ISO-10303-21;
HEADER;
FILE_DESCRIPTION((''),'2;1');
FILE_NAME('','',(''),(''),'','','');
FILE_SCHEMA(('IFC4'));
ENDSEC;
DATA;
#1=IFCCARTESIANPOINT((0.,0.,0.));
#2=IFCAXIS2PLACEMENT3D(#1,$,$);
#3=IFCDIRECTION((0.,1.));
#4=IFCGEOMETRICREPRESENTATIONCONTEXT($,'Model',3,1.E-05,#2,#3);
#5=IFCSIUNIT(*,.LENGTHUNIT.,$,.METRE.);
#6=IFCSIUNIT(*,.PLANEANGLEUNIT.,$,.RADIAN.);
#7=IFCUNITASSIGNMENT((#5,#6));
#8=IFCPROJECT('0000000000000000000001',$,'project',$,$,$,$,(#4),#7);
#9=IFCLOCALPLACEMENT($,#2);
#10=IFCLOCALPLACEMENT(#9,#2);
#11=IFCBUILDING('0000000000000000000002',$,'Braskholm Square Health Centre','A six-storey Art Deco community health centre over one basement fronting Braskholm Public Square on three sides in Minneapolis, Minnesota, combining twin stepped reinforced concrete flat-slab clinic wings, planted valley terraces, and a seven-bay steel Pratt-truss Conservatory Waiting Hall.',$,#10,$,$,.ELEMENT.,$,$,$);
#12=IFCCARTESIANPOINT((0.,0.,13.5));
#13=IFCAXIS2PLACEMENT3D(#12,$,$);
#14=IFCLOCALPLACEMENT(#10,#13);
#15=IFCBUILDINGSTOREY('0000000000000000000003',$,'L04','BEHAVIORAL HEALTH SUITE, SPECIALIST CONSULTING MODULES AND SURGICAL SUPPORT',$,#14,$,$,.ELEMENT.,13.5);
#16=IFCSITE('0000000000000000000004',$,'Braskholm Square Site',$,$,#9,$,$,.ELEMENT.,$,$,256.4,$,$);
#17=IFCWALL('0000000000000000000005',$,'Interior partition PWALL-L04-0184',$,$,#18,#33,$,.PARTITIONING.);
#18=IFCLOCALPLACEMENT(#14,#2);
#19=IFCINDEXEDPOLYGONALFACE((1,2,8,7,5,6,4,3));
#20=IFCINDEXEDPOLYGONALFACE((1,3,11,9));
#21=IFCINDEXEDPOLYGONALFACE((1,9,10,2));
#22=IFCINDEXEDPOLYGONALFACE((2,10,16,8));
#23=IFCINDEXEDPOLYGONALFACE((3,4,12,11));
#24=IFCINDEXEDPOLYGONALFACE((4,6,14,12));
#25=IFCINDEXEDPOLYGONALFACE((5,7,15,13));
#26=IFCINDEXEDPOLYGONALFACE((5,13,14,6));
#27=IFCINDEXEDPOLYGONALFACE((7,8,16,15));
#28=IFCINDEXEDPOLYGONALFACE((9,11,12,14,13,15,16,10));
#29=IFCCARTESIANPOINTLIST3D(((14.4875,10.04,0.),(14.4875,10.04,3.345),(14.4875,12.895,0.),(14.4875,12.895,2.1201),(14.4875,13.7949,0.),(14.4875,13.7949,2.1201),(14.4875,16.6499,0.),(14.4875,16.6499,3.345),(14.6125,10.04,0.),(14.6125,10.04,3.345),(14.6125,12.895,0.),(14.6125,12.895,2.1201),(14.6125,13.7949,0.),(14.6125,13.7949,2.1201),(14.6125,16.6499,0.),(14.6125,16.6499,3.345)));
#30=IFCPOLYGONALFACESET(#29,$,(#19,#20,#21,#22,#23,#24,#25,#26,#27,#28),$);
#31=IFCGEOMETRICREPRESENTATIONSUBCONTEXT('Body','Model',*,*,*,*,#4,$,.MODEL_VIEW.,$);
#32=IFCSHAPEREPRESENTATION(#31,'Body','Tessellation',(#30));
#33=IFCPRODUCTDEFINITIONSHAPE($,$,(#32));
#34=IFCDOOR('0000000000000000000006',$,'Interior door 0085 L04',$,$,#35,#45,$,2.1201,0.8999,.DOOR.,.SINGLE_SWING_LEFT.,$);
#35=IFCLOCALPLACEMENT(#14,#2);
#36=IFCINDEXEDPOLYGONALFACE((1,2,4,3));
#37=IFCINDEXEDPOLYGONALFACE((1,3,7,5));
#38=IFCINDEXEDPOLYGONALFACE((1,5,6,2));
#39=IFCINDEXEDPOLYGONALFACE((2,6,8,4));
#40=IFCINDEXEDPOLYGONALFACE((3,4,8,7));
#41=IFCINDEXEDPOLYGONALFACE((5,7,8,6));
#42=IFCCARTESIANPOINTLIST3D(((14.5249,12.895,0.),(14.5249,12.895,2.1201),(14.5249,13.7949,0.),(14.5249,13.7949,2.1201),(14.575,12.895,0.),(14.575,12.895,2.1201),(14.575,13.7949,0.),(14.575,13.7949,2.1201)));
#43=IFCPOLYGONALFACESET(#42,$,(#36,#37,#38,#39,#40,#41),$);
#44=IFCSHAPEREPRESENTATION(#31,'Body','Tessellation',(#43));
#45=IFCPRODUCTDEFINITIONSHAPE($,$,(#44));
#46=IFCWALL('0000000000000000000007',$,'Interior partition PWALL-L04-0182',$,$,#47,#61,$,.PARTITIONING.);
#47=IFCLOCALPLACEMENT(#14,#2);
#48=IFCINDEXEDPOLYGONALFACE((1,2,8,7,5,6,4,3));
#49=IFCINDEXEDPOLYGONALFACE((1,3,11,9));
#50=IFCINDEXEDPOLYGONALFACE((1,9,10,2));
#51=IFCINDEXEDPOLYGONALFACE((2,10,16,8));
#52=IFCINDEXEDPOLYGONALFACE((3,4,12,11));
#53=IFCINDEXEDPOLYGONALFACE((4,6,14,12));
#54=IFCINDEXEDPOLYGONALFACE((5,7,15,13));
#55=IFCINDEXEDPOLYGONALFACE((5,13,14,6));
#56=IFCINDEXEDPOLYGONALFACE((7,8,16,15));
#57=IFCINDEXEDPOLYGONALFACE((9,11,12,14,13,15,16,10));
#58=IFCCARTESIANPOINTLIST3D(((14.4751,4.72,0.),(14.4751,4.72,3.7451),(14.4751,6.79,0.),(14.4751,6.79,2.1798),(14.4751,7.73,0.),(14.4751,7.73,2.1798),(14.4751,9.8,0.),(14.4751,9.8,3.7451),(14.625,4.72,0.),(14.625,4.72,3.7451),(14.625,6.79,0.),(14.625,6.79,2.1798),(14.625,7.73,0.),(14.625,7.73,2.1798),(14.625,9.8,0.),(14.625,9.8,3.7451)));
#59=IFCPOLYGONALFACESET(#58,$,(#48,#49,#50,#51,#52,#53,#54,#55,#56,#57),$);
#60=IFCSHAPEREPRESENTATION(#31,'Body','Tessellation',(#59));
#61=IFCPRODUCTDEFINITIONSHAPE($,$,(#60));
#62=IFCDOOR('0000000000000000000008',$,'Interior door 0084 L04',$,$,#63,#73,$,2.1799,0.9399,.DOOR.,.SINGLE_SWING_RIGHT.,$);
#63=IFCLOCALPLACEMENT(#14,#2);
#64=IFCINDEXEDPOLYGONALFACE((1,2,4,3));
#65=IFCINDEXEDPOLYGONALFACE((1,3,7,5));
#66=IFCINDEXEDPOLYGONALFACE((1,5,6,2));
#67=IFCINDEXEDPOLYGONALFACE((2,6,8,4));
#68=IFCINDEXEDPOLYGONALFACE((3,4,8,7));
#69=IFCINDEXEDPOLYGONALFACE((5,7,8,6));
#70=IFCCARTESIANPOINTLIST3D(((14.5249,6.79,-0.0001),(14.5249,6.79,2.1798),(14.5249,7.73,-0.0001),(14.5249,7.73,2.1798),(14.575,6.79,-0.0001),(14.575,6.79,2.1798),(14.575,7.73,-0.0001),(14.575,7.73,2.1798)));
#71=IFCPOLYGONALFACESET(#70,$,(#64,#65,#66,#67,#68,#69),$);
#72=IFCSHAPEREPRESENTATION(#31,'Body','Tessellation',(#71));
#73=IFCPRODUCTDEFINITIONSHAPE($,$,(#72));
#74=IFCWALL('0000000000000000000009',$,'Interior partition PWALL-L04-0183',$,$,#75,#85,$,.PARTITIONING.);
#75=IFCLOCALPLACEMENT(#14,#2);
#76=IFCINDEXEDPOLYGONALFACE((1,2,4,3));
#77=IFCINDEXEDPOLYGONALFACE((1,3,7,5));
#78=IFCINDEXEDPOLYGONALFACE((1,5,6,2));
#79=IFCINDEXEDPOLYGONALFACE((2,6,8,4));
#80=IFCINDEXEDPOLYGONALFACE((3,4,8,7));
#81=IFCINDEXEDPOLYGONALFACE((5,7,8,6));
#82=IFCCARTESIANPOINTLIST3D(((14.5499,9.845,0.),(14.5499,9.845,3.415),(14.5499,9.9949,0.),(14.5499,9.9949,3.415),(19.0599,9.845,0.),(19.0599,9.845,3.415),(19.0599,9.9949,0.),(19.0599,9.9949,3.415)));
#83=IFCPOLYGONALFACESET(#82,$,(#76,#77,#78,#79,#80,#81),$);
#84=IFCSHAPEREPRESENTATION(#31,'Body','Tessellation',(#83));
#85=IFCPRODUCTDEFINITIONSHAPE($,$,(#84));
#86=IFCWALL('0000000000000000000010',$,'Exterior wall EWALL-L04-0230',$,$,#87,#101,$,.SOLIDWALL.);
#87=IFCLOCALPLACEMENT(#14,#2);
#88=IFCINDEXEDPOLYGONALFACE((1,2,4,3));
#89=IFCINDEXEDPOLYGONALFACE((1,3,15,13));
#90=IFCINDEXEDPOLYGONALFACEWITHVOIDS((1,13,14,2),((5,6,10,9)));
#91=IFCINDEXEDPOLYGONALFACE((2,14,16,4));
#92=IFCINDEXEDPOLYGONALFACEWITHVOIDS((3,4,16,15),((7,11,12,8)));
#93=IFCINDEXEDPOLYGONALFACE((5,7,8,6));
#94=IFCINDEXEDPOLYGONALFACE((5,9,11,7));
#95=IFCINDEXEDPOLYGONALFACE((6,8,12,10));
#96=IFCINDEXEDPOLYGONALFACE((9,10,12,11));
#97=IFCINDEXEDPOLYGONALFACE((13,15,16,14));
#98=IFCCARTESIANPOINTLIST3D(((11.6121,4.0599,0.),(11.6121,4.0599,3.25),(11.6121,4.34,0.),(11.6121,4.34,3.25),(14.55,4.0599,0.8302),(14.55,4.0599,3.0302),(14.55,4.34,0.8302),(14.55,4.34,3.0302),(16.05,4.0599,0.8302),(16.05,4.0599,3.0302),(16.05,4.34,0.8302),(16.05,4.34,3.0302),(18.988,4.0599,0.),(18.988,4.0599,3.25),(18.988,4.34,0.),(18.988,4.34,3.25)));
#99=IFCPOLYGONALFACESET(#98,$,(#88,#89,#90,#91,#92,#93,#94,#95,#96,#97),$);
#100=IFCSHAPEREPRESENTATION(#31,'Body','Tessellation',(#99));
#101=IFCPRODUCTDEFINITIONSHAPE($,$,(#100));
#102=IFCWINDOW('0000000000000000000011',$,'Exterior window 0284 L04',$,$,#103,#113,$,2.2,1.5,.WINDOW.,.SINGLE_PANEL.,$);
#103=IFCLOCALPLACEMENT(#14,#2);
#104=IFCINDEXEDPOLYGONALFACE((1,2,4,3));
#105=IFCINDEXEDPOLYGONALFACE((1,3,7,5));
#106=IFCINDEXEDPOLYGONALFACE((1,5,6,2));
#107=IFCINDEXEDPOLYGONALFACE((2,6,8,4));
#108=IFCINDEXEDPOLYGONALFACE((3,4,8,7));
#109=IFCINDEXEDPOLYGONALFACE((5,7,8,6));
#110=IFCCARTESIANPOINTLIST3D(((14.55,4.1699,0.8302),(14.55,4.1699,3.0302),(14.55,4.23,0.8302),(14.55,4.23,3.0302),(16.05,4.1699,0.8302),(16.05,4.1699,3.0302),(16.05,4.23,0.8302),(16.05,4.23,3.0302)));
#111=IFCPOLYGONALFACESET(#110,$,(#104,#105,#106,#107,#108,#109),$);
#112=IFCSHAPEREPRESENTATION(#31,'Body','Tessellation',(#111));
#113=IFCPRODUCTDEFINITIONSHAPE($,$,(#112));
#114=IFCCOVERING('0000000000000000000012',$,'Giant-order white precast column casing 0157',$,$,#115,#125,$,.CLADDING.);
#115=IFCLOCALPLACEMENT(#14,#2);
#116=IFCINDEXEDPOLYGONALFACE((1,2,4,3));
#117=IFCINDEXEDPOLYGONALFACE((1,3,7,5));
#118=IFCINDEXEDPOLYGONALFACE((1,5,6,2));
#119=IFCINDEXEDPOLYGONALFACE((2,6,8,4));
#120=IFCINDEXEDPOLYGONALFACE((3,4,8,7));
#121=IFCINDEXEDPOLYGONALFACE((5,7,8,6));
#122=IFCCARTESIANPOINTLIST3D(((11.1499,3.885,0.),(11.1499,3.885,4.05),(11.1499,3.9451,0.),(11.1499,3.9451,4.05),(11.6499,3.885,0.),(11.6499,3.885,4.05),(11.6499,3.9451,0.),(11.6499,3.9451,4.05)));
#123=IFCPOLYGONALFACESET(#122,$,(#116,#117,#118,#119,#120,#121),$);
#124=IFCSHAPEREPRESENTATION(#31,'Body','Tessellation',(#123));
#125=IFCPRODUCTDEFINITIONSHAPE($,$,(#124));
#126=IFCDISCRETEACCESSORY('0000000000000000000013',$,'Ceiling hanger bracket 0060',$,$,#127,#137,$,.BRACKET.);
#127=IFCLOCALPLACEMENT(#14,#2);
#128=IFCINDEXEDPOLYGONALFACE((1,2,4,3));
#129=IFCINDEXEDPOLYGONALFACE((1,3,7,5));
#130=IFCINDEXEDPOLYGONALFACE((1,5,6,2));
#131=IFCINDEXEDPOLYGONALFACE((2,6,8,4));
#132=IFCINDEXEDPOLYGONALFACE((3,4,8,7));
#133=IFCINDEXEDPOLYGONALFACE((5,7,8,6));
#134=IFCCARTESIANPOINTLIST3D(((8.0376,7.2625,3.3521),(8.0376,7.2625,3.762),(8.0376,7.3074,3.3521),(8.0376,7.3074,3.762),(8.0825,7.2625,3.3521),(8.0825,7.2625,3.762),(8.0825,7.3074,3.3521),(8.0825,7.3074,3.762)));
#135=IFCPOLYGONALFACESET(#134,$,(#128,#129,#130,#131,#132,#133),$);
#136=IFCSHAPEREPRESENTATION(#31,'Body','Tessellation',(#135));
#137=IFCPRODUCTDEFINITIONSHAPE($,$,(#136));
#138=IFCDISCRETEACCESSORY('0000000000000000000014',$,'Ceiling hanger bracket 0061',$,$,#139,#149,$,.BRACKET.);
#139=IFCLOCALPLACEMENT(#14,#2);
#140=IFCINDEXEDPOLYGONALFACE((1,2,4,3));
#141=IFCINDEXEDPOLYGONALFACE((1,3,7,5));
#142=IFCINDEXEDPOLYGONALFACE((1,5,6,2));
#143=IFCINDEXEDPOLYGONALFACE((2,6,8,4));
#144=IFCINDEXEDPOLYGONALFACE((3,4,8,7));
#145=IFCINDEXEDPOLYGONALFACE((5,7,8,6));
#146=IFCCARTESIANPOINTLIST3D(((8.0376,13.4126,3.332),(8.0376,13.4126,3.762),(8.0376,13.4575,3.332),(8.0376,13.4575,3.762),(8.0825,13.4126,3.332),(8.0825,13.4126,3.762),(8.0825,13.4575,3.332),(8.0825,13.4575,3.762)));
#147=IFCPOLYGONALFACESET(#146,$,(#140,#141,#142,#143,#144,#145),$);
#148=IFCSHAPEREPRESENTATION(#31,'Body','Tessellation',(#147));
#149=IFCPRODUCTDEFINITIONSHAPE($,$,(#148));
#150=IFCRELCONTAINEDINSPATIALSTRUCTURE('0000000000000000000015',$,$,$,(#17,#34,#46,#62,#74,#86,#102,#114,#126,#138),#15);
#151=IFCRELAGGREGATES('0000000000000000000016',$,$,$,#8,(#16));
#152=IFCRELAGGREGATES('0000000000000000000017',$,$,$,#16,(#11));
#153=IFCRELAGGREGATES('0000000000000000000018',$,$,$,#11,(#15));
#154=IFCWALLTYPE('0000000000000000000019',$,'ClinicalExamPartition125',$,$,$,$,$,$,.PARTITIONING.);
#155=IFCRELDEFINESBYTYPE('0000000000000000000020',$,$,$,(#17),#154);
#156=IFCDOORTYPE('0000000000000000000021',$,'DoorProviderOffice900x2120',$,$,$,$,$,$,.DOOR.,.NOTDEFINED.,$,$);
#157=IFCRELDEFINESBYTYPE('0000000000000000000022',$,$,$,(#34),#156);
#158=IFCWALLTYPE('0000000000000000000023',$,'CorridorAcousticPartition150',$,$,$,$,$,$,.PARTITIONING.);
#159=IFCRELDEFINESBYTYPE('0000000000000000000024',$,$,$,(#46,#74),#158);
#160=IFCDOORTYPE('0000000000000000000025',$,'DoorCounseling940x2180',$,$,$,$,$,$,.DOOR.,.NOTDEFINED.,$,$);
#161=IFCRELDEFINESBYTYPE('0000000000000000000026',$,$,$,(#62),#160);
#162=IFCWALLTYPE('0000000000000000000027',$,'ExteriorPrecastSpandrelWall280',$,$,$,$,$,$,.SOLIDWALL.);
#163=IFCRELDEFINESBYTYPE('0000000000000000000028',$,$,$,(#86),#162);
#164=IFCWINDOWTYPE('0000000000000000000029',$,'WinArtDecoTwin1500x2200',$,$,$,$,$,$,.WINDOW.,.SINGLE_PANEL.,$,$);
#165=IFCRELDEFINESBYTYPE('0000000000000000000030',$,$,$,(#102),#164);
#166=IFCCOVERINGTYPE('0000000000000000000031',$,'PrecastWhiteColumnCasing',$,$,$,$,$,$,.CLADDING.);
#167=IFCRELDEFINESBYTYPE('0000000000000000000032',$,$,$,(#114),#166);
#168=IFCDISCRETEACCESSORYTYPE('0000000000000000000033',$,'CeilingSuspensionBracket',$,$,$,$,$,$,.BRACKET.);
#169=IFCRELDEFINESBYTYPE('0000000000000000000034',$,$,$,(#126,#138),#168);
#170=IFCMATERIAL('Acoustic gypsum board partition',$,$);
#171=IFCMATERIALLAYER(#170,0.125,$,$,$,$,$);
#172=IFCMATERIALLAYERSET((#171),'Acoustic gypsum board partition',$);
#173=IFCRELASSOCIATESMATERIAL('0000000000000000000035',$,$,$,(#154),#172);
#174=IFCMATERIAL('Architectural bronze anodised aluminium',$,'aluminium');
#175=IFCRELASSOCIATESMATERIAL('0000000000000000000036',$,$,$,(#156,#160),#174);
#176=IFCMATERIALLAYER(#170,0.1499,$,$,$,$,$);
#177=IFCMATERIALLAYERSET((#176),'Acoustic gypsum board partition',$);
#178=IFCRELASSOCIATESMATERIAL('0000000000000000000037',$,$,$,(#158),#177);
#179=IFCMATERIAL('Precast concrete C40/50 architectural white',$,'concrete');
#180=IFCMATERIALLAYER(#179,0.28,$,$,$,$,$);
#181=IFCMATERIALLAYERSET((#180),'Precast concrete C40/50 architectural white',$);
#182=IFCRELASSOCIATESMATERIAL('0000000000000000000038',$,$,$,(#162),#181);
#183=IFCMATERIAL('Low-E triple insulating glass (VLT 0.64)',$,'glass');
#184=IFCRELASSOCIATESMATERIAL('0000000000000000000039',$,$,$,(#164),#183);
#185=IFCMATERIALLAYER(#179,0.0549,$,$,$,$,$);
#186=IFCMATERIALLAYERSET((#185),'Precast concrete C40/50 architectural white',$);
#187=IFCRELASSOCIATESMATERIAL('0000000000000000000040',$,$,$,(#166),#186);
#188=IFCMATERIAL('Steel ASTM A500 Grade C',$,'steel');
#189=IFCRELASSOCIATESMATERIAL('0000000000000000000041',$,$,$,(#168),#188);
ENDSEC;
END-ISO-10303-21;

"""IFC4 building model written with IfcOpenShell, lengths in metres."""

from ifc_helpers import new_model, si_unit, direction, frame, frame_2d, origin, origin_with_axes, origin_2d, place, context, subcontext, project, spatial, rectangle, extrude, material, layer, layer_set, type_object, element, fill, save


model = new_model("IFC4")

# Units and contexts
model_context = context("Model", 3, precision=1e-05, world=origin(), true_north=direction((0.0, 1.0)))
body_context = subcontext(model_context, "Body", "Model", "MODEL_VIEW")
ifc_project = project(units=[si_unit("LENGTHUNIT", "METRE"), si_unit("PLANEANGLEUNIT", "RADIAN")], contexts=[model_context])

# Site, building, storey
site_placement = place(None, origin())
site = spatial("IfcSite", under=ifc_project, at=site_placement, Name="Braskholm Square Site", CompositionType="ELEMENT", RefElevation=256.4)
building_placement = place(site_placement, origin())
building = spatial("IfcBuilding", under=site, at=building_placement, Name="Braskholm Square Health Centre", Description="A six-storey Art Deco community health centre over one basement fronting Braskholm Public Square on three sides in Minneapolis, Minnesota, combining twin stepped reinforced concrete flat-slab clinic wings, planted valley terraces, and a seven-bay steel Pratt-truss Conservatory Waiting Hall.", CompositionType="ELEMENT")
storey_placement = place(building_placement, frame((0.0, 0.0, 13.5)))
storey = spatial("IfcBuildingStorey", under=building, at=storey_placement, Name="L04", Description="BEHAVIORAL HEALTH SUITE, SPECIALIST CONSULTING MODULES AND SURGICAL SUPPORT", CompositionType="ELEMENT", Elevation=13.5)

# Shared definitions
ifc_material_1 = material(Name="Precast concrete C40/50 architectural white", Category="concrete")

# Walls, openings, doors
ifc_material_2 = material(Name="Architectural bronze anodised aluminium", Category="aluminium")
ifc_material_3 = material(Name="Acoustic gypsum board partition")
ifc_layer_1 = layer(ifc_material_3, 0.125)
ifc_layer_set_1 = layer_set([ifc_layer_1], Name="Acoustic gypsum board partition")
wall_type_1 = type_object("IfcWallType", Name="ClinicalExamPartition125", PredefinedType="PARTITIONING", material=ifc_layer_set_1)
wall_1_placement = place(storey_placement, frame((14.55, 10.04, 0.0), z_axis=(0.0, 0.0, 1.0), x_axis=(0.0, 1.0, 0.0)))
wall_1 = element("IfcWall", 1, at=wall_1_placement, inside=storey, type_object=wall_type_1, Name="Interior partition PWALL-L04-0184", PredefinedType="PARTITIONING", context=body_context, shape_type="SweptSolid", body=[
    extrude(rectangle(XDim=6.6099, YDim=0.125, at=frame_2d((3.3049, 0.0))), origin(), (0.0, 0.0, 1.0), 3.345),
])
opening_1_placement = place(wall_1_placement, frame((2.855, 0.0, 0.0)))
opening_1 = element("IfcOpeningElement", 2, at=opening_1_placement, cuts=wall_1, PredefinedType="OPENING", context=body_context, shape_type="SweptSolid", body=[
    extrude(rectangle(XDim=0.8999, YDim=2.1201, at=frame_2d((0.45, 1.0601))), frame((0.0, 0.0725, 0.0), z_axis=(0.0, -1.0, 0.0), x_axis=(1.0, 0.0, 0.0)), (0.0, 0.0, 1.0), 0.145),
])
door_type_1 = type_object("IfcDoorType", Name="DoorProviderOffice900x2120", OperationType="NOTDEFINED", PredefinedType="DOOR", material=ifc_material_2)
door_1_placement = place(opening_1_placement, frame((0.8999, 0.0, 0.0), z_axis=(0.0, 0.0, 1.0), x_axis=(-1.0, 0.0, 0.0)))
door_1 = element("IfcDoor", 3, at=door_1_placement, inside=storey, type_object=door_type_1, Name="Interior door 0085 L04", OperationType="SINGLE_SWING_LEFT", OverallHeight=2.1201, OverallWidth=0.8999, PredefinedType="DOOR", context=body_context, shape_type="SweptSolid", body=[
    extrude(rectangle(XDim=0.8999, YDim=2.1201, at=frame_2d((0.45, 1.0601))), frame((0.0, 0.0249, 0.0), z_axis=(0.0, -1.0, 0.0), x_axis=(1.0, 0.0, 0.0)), (0.0, 0.0, 1.0), 0.05),
])
fill(opening_1, door_1)
ifc_layer_2 = layer(ifc_material_3, 0.1499)
ifc_layer_set_2 = layer_set([ifc_layer_2], Name="Acoustic gypsum board partition")
wall_type_2 = type_object("IfcWallType", Name="CorridorAcousticPartition150", PredefinedType="PARTITIONING", material=ifc_layer_set_2)
wall_2_placement = place(storey_placement, frame((14.55, 4.72, 0.0), z_axis=(0.0, 0.0, 1.0), x_axis=(0.0, 1.0, 0.0)))
wall_2 = element("IfcWall", 4, at=wall_2_placement, inside=storey, type_object=wall_type_2, Name="Interior partition PWALL-L04-0182", PredefinedType="PARTITIONING", context=body_context, shape_type="SweptSolid", body=[
    extrude(rectangle(XDim=5.0801, YDim=0.1499, at=frame_2d((2.54, 0.0))), origin(), (0.0, 0.0, 1.0), 3.7451),
])
opening_2_placement = place(wall_2_placement, frame((2.0701, 0.0, 0.0)))
opening_2 = element("IfcOpeningElement", 5, at=opening_2_placement, cuts=wall_2, PredefinedType="OPENING", context=body_context, shape_type="SweptSolid", body=[
    extrude(rectangle(XDim=0.9399, YDim=2.1799, at=frame_2d((0.47, 1.0898))), frame((0.0, 0.085, 0.0), z_axis=(0.0, -1.0, 0.0), x_axis=(1.0, 0.0, 0.0)), (0.0, 0.0, 1.0), 0.1699),
])
door_type_2 = type_object("IfcDoorType", Name="DoorCounseling940x2180", OperationType="NOTDEFINED", PredefinedType="DOOR", material=ifc_material_2)
door_2_placement = place(opening_2_placement, frame((0.9399, 0.0, 0.0), z_axis=(0.0, 0.0, 1.0), x_axis=(-1.0, 0.0, 0.0)))
door_2 = element("IfcDoor", 6, at=door_2_placement, inside=storey, type_object=door_type_2, Name="Interior door 0084 L04", OperationType="SINGLE_SWING_RIGHT", OverallHeight=2.1799, OverallWidth=0.9399, PredefinedType="DOOR", context=body_context, shape_type="SweptSolid", body=[
    extrude(rectangle(XDim=0.9399, YDim=2.1799, at=frame_2d((0.47, 1.0898))), frame((0.0, 0.0249, 0.0), z_axis=(0.0, -1.0, 0.0), x_axis=(1.0, 0.0, 0.0)), (0.0, 0.0, 1.0), 0.05),
])
fill(opening_2, door_2)

# Wall
wall_3_placement = place(storey_placement, frame((14.55, 9.9199, 0.0), z_axis=(0.0, 0.0, 1.0), x_axis=(1.0, 0.0, 0.0)))
element("IfcWall", 7, at=wall_3_placement, inside=storey, type_object=wall_type_2, Name="Interior partition PWALL-L04-0183", PredefinedType="PARTITIONING", context=body_context, shape_type="SweptSolid", body=[
    extrude(rectangle(XDim=4.51, YDim=0.1499, at=frame_2d((2.2549, 0.0))), origin(), (0.0, 0.0, 1.0), 3.415),
])

# Wall, opening, window
ifc_layer_3 = layer(ifc_material_1, 0.28)
ifc_layer_set_3 = layer_set([ifc_layer_3], Name="Precast concrete C40/50 architectural white")
wall_type_3 = type_object("IfcWallType", Name="ExteriorPrecastSpandrelWall280", PredefinedType="SOLIDWALL", material=ifc_layer_set_3)
wall_4_placement = place(storey_placement, frame((11.6121, 4.2, 0.0), z_axis=(0.0, 0.0, 1.0), x_axis=(1.0, 0.0, 0.0)))
wall_4 = element("IfcWall", 8, at=wall_4_placement, inside=storey, type_object=wall_type_3, Name="Exterior wall EWALL-L04-0230", PredefinedType="SOLIDWALL", context=body_context, shape_type="SweptSolid", body=[
    extrude(rectangle(XDim=7.376, YDim=0.28, at=frame_2d((3.688, 0.0))), origin(), (0.0, 0.0, 1.0), 3.25),
])
opening_3_placement = place(wall_4_placement, frame((2.938, 0.0, 0.8301)))
opening_3 = element("IfcOpeningElement", 9, at=opening_3_placement, cuts=wall_4, PredefinedType="OPENING", context=body_context, shape_type="SweptSolid", body=[
    extrude(rectangle(XDim=1.5, YDim=2.2, at=frame_2d((0.75, 1.1001))), frame((0.0, 0.1499, 0.0), z_axis=(0.0, -1.0, 0.0), x_axis=(1.0, 0.0, 0.0)), (0.0, 0.0, 1.0), 0.3),
])
ifc_material_4 = material(Name="Low-E triple insulating glass (VLT 0.64)", Category="glass")
window_type = type_object("IfcWindowType", Name="WinArtDecoTwin1500x2200", PartitioningType="SINGLE_PANEL", PredefinedType="WINDOW", material=ifc_material_4)
window_placement = place(opening_3_placement, origin_with_axes())
window = element("IfcWindow", 10, at=window_placement, inside=storey, type_object=window_type, Name="Exterior window 0284 L04", OverallHeight=2.2, OverallWidth=1.5, PartitioningType="SINGLE_PANEL", PredefinedType="WINDOW", context=body_context, shape_type="SweptSolid", body=[
    extrude(rectangle(XDim=1.5, YDim=2.2, at=frame_2d((0.75, 1.1001))), frame((0.0, 0.03, 0.0), z_axis=(0.0, -1.0, 0.0), x_axis=(1.0, 0.0, 0.0)), (0.0, 0.0, 1.0), 0.0601),
])
fill(opening_3, window)

# Covering
ifc_layer_4 = layer(ifc_material_1, 0.0549)
ifc_layer_set_4 = layer_set([ifc_layer_4], Name="Precast concrete C40/50 architectural white")
covering_type = type_object("IfcCoveringType", Name="PrecastWhiteColumnCasing", PredefinedType="CLADDING", material=ifc_layer_set_4)
covering_placement = place(storey_placement, frame((11.3999, 3.915, 0.0), z_axis=(0.0, 0.0, 1.0), x_axis=(1.0, 0.0, 0.0)))
element("IfcCovering", 11, at=covering_placement, inside=storey, type_object=covering_type, Name="Giant-order white precast column casing 0157", PredefinedType="CLADDING", context=body_context, shape_type="SweptSolid", body=[
    extrude(rectangle(XDim=0.5, YDim=0.0601, at=origin_2d()), origin(), (0.0, 0.0, 1.0), 4.05),
])

# Discrete accessories
ifc_material_5 = material(Name="Steel ASTM A500 Grade C", Category="steel")
discrete_accessory_type = type_object("IfcDiscreteAccessoryType", Name="CeilingSuspensionBracket", PredefinedType="BRACKET", material=ifc_material_5)
discrete_accessory_1_placement = place(storey_placement, frame((8.0601, 7.2849, 3.3521), z_axis=(0.0, 0.0, 1.0), x_axis=(1.0, 0.0, 0.0)))
element("IfcDiscreteAccessory", 12, at=discrete_accessory_1_placement, inside=storey, type_object=discrete_accessory_type, Name="Ceiling hanger bracket 0060", PredefinedType="BRACKET", context=body_context, shape_type="SweptSolid", body=[
    extrude(rectangle(XDim=0.0449, YDim=0.0449, at=origin_2d()), origin(), (0.0, 0.0, 1.0), 0.4099),
])
discrete_accessory_2_placement = place(storey_placement, frame((8.0601, 13.4351, 3.332), z_axis=(0.0, 0.0, 1.0), x_axis=(1.0, 0.0, 0.0)))
element("IfcDiscreteAccessory", 13, at=discrete_accessory_2_placement, inside=storey, type_object=discrete_accessory_type, Name="Ceiling hanger bracket 0061", PredefinedType="BRACKET", context=body_context, shape_type="SweptSolid", body=[
    extrude(rectangle(XDim=0.0449, YDim=0.0449, at=origin_2d()), origin(), (0.0, 0.0, 1.0), 0.4299),
])

save(model, "model.ifc")
